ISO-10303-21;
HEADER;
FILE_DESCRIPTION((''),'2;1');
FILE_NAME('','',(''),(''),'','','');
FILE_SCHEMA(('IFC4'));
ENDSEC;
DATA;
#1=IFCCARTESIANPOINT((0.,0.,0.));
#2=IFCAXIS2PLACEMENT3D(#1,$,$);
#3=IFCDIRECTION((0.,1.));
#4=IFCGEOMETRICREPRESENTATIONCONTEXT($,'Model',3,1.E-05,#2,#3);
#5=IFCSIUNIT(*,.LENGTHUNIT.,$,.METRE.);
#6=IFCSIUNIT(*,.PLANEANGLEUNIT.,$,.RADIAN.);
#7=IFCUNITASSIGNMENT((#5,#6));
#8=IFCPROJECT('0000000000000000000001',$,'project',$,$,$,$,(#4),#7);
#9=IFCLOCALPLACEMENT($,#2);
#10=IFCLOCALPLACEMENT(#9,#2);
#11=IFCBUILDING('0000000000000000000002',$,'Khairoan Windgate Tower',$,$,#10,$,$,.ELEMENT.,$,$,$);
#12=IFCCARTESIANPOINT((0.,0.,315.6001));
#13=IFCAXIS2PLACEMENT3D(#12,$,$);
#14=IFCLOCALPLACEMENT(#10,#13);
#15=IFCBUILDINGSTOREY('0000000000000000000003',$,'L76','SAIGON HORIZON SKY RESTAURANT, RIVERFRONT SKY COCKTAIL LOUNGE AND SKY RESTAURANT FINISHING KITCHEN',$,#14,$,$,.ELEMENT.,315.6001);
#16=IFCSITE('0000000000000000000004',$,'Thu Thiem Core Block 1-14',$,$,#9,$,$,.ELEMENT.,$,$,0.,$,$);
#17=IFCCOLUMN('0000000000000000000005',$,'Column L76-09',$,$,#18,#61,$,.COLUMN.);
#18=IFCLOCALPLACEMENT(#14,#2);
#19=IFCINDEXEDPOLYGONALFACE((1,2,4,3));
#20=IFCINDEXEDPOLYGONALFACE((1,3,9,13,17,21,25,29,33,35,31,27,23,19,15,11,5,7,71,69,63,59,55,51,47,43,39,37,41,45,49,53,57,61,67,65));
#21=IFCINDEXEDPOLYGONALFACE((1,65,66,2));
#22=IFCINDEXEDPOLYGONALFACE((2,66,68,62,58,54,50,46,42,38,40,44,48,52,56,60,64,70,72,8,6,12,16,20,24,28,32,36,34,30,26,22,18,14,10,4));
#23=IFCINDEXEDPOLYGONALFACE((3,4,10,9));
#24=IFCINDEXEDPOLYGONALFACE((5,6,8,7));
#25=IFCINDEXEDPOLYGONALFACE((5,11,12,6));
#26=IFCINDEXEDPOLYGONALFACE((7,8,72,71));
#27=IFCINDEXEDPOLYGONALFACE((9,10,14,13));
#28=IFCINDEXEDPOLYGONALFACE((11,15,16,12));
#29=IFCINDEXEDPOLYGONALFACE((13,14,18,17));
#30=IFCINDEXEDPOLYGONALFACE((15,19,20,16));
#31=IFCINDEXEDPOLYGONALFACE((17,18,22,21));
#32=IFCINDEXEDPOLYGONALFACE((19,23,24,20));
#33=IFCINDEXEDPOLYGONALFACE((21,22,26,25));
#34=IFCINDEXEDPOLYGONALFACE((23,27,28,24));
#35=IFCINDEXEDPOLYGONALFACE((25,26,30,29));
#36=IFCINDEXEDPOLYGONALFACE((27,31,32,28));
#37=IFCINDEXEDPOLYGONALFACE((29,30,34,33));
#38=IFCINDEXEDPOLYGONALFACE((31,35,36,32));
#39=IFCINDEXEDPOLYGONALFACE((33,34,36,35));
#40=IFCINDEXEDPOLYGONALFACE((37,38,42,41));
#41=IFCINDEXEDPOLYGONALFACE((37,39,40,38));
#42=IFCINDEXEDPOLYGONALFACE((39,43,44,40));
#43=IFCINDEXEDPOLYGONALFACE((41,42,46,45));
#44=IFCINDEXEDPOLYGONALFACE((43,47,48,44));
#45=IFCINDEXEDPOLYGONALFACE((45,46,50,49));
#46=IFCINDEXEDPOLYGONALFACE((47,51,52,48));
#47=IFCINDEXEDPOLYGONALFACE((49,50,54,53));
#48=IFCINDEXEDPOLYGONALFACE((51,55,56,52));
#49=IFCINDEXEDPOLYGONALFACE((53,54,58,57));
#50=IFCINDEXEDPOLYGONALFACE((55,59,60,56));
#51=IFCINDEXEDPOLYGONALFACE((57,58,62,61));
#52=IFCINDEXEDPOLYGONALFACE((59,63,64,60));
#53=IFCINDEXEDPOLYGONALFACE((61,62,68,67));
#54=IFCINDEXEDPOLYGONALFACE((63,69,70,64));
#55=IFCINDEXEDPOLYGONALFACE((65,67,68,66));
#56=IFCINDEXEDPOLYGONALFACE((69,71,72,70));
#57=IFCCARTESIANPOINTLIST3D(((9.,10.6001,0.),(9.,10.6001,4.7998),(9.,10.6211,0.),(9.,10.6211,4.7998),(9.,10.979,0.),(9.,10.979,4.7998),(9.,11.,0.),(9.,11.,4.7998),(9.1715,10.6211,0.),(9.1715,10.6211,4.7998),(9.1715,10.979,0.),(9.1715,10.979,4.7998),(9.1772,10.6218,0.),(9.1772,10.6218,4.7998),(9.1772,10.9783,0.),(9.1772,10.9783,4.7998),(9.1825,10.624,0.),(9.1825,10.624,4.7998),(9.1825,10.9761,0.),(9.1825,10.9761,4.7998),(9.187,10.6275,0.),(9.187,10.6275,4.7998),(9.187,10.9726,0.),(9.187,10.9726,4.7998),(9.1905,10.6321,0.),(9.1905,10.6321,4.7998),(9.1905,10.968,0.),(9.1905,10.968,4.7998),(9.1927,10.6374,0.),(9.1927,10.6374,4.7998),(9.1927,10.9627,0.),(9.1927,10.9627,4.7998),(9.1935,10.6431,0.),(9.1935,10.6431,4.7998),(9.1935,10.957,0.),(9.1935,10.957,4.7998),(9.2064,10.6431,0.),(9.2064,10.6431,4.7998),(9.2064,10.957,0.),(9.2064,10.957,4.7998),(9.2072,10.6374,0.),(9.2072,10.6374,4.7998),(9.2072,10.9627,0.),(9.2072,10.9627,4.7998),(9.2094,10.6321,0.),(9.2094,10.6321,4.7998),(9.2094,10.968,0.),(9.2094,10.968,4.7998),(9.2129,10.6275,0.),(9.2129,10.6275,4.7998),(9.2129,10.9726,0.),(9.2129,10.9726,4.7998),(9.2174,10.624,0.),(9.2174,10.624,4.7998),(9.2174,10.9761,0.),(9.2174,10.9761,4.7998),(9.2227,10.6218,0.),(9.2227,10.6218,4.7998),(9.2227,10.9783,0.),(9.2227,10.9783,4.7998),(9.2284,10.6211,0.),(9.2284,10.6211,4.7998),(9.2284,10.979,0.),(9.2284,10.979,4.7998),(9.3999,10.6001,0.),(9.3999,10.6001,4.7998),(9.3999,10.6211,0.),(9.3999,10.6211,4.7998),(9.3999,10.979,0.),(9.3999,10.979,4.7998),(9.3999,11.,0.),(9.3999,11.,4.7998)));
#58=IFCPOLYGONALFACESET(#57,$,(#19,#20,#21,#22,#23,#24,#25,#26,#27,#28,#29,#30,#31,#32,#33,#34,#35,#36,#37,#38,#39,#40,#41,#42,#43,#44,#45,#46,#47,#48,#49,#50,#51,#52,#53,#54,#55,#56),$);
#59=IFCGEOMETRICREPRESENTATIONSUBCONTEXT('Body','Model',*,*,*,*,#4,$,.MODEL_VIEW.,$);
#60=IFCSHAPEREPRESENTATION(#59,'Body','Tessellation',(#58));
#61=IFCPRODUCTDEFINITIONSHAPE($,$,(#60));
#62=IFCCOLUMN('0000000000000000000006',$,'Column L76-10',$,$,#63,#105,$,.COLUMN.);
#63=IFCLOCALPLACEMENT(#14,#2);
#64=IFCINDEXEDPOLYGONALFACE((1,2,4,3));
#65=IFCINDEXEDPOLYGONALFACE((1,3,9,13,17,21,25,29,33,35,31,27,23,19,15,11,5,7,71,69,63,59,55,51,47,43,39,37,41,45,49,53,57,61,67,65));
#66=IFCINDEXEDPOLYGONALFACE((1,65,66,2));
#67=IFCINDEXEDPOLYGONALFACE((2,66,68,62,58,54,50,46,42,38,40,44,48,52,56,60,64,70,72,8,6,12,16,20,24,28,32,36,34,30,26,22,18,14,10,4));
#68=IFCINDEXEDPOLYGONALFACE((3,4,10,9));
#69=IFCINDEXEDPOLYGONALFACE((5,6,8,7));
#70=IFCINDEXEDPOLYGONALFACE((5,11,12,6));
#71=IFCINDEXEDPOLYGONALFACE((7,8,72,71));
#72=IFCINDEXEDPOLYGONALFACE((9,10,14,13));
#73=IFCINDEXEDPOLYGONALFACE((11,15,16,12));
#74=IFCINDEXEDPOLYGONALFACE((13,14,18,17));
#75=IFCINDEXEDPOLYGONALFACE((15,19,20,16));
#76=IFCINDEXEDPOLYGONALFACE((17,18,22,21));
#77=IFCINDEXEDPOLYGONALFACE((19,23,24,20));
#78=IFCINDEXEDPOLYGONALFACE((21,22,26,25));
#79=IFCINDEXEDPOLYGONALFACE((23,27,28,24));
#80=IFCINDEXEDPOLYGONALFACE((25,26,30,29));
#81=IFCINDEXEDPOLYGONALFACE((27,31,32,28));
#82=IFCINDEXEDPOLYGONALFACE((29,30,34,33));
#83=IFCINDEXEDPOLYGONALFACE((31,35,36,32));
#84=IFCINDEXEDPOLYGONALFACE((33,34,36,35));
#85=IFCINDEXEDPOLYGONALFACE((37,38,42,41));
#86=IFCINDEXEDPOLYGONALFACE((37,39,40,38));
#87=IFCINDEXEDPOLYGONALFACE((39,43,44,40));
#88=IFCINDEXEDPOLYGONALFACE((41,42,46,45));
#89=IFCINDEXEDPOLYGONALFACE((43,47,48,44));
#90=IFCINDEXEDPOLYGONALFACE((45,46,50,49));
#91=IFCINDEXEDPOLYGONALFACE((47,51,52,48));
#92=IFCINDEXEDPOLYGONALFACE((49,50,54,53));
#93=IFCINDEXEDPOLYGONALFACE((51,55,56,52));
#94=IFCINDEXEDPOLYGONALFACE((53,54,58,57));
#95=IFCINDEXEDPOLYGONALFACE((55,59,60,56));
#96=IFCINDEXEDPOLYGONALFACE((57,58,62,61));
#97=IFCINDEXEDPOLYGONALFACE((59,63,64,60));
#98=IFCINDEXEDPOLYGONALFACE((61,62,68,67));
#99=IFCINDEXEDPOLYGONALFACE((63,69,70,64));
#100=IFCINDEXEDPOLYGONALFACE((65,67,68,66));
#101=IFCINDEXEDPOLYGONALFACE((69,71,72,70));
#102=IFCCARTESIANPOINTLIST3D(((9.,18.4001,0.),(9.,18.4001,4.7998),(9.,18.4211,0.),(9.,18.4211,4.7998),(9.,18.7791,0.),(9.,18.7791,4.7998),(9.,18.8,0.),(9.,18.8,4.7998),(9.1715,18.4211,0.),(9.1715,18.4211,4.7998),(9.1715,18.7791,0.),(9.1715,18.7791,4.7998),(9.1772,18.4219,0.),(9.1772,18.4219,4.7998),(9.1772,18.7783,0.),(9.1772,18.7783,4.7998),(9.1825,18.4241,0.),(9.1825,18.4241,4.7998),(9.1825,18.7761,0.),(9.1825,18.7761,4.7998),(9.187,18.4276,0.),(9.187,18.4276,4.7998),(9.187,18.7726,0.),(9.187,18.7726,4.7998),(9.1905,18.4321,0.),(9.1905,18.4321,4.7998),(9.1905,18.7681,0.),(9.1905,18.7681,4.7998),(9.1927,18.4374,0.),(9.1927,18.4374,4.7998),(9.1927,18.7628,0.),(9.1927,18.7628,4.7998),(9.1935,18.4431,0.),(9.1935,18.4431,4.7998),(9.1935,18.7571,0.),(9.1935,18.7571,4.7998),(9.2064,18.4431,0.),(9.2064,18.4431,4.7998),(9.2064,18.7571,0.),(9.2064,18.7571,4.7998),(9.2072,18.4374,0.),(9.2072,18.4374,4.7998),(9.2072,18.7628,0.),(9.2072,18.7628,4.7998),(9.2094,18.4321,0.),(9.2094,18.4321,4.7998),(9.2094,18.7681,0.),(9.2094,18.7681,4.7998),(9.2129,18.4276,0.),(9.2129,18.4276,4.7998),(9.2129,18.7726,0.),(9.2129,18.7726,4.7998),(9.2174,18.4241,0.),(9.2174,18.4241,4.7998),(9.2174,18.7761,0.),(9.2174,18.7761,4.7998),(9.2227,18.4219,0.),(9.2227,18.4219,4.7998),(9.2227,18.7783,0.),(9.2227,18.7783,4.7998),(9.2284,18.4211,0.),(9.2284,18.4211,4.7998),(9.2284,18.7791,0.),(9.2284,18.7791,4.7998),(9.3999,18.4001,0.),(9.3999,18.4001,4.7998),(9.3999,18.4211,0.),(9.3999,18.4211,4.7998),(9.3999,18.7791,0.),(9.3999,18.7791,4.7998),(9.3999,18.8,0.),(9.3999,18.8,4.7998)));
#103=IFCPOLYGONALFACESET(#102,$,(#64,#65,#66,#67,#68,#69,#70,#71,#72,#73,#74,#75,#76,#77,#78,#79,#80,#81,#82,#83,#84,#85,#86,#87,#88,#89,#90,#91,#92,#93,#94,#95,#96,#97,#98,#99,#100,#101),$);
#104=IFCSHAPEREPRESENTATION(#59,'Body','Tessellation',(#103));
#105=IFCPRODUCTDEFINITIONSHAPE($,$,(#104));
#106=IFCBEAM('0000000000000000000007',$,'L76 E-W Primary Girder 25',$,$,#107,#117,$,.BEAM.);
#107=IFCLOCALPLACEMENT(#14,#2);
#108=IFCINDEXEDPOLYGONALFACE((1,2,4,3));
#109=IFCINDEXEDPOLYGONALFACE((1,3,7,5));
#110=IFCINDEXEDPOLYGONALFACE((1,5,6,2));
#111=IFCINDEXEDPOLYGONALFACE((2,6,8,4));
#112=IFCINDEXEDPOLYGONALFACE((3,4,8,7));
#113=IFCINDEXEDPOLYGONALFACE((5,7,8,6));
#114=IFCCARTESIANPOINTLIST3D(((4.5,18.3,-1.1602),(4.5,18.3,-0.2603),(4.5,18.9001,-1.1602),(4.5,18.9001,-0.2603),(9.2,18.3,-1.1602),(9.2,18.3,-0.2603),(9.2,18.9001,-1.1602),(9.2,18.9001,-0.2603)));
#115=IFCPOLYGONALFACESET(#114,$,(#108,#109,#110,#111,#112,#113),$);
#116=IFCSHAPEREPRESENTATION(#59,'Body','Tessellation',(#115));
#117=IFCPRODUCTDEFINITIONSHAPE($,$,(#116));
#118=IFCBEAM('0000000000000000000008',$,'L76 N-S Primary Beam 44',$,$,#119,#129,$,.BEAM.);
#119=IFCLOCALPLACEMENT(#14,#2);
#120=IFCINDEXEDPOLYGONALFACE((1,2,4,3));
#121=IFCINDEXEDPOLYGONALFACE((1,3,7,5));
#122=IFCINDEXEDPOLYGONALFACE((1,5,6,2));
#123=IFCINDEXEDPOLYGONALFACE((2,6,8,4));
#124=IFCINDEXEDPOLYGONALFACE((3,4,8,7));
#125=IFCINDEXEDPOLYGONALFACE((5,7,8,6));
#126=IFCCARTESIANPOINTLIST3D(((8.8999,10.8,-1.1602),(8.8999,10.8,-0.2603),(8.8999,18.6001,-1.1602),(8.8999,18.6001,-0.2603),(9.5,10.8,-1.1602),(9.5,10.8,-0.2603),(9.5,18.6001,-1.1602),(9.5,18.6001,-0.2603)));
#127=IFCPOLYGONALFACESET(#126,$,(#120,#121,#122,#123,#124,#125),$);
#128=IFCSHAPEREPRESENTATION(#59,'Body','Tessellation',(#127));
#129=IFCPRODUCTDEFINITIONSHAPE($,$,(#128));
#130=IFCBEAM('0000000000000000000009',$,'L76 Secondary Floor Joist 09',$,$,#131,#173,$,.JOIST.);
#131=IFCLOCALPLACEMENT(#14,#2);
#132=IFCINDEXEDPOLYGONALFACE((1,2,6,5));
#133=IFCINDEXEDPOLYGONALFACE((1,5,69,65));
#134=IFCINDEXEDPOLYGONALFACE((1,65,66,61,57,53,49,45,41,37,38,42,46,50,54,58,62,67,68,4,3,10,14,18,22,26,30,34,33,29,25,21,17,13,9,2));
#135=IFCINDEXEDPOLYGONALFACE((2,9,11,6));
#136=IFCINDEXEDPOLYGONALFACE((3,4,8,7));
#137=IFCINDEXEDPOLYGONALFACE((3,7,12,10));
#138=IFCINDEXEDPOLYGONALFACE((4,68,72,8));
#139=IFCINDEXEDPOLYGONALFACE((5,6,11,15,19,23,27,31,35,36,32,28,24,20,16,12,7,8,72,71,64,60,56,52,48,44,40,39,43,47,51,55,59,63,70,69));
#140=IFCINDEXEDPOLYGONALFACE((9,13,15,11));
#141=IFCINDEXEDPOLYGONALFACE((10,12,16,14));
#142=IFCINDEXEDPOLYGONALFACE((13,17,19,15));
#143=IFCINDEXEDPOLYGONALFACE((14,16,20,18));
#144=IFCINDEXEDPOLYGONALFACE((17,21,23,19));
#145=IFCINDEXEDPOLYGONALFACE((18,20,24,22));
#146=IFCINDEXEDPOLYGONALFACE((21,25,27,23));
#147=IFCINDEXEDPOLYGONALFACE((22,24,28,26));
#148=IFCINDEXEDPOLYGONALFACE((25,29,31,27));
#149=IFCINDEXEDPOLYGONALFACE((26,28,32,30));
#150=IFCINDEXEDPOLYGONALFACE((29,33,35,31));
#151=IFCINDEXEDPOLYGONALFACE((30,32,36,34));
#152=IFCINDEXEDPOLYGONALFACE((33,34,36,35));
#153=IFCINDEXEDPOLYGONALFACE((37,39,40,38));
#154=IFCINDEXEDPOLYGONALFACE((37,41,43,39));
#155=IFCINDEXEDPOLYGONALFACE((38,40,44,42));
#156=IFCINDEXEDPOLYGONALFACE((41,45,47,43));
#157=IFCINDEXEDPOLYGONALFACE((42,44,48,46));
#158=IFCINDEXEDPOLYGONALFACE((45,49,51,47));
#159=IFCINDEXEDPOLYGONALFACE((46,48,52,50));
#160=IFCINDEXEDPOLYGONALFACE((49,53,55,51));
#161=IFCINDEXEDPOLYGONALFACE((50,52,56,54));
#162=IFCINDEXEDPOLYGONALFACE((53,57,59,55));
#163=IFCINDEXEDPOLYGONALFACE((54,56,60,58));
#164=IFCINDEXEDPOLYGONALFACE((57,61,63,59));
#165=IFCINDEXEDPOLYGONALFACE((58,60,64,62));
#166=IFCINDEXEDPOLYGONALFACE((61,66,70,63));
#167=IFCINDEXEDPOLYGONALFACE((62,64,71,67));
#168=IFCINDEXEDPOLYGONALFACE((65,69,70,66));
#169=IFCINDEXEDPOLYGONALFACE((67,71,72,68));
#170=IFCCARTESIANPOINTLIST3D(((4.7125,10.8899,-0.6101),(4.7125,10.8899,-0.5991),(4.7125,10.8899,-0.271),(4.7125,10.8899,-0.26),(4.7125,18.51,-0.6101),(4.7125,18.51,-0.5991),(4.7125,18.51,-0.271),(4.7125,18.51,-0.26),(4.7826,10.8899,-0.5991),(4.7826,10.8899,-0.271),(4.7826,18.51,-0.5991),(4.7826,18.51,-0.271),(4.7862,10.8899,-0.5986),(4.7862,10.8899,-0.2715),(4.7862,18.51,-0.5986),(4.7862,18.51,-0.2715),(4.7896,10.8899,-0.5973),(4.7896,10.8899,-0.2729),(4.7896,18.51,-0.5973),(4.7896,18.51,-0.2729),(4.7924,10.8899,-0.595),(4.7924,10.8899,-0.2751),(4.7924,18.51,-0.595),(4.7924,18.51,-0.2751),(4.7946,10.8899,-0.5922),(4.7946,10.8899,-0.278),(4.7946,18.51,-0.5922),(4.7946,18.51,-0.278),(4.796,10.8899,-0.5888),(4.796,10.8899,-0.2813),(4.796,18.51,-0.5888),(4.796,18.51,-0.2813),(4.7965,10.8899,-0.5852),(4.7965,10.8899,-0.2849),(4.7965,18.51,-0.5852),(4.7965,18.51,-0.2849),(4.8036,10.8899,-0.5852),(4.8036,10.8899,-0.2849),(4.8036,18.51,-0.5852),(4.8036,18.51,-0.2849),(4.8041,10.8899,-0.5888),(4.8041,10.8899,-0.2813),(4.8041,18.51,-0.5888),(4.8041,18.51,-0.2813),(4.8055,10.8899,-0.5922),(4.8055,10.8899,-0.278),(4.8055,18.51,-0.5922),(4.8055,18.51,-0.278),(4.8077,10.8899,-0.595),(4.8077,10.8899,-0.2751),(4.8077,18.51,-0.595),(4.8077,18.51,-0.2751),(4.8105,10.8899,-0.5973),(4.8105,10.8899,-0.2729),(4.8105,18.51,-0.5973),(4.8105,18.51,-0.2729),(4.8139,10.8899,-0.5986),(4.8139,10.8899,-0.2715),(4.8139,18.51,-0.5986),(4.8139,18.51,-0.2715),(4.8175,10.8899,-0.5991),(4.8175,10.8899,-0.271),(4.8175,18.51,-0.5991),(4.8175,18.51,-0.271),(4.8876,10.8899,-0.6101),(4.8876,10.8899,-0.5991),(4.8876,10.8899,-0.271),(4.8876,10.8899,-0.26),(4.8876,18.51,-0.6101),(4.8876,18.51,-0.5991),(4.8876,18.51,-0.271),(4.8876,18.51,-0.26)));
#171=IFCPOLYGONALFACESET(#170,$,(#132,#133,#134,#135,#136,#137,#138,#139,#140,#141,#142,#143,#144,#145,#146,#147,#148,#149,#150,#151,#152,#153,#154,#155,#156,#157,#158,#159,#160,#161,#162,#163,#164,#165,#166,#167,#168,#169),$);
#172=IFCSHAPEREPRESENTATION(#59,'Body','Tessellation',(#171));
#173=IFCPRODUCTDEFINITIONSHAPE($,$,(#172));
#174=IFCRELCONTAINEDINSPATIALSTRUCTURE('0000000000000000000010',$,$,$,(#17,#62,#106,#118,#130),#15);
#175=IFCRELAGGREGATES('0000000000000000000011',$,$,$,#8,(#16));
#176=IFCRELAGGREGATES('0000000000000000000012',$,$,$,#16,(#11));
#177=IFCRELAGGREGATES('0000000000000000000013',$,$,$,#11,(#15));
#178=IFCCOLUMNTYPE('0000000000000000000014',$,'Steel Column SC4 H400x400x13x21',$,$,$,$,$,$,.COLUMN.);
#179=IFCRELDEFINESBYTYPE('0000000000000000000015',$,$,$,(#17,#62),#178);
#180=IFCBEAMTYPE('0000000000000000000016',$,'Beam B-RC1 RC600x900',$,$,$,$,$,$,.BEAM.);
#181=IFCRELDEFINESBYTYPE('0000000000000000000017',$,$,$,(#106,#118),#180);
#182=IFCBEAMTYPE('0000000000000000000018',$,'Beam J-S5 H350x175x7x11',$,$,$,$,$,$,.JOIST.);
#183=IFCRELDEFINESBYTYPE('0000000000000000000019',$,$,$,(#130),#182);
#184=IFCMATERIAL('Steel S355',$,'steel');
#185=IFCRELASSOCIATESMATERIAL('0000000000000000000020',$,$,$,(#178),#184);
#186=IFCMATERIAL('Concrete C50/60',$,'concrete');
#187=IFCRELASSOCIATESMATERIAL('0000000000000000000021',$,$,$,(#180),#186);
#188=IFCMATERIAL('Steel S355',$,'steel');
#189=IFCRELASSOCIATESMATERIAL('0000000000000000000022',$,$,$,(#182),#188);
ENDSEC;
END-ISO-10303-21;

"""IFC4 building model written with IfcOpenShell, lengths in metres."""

from ifc_helpers import new_model, si_unit, direction, frame, origin, origin_2d, place, context, subcontext, project, spatial, rectangle, i_section, extrude, material, material_profile, profile_set, type_object, element, save


model = new_model("IFC4")

# Units and contexts
model_context = context("Model", 3, precision=1e-05, world=origin(), true_north=direction((0.0, 1.0)))
body_context = subcontext(model_context, "Body", "Model", "MODEL_VIEW")
ifc_project = project(units=[si_unit("LENGTHUNIT", "METRE"), si_unit("PLANEANGLEUNIT", "RADIAN")], contexts=[model_context])

# Site, building, storey
site_placement = place(None, origin())
site = spatial("IfcSite", under=ifc_project, at=site_placement, Name="Thu Thiem Core Block 1-14", CompositionType="ELEMENT", RefElevation=0.0)
building_placement = place(site_placement, origin())
building = spatial("IfcBuilding", under=site, at=building_placement, Name="Khairoan Windgate Tower", CompositionType="ELEMENT")
storey_placement = place(building_placement, frame((0.0, 0.0, 315.6001)))
storey = spatial("IfcBuildingStorey", under=building, at=storey_placement, Name="L76", Description="SAIGON HORIZON SKY RESTAURANT, RIVERFRONT SKY COCKTAIL LOUNGE AND SKY RESTAURANT FINISHING KITCHEN", CompositionType="ELEMENT", Elevation=315.6001)

# Columns
ifc_material_1 = material(Name="Steel S355", Category="steel")
ifc_material_profile_1 = material_profile(ifc_material_1, i_section(OverallWidth=0.3999, OverallDepth=0.3999, WebThickness=0.0129, FlangeThickness=0.021, FilletRadius=0.022, at=origin_2d()))
ifc_profile_set_1 = profile_set([ifc_material_profile_1], Name="Steel S355")
column_type = type_object("IfcColumnType", Name="Steel Column SC4 H400x400x13x21", PredefinedType="COLUMN", material=ifc_profile_set_1)
for number, where, z_axis, x_axis, name in (
    (1, (9.2, 10.8, 0.0), (0.0, 0.0, 1.0), (1.0, 0.0, 0.0), "Column L76-09"),
    (2, (9.2, 18.6001, 0.0), (0.0, 0.0, 1.0), (1.0, 0.0, 0.0), "Column L76-10"),
):
    element("IfcColumn", number, at=place(storey_placement, frame(where, z_axis=z_axis, x_axis=x_axis)), inside=storey, type_object=column_type, Name=name, PredefinedType="COLUMN", context=body_context, shape_type="SweptSolid", body=[
        extrude(i_section(OverallWidth=0.3999, OverallDepth=0.3999, WebThickness=0.0129, FlangeThickness=0.021, FilletRadius=0.022, at=origin_2d()), origin(), (0.0, 0.0, 1.0), 4.7998),
    ])

# Beams
ifc_material_2 = material(Name="Concrete C50/60", Category="concrete")
ifc_material_profile_2 = material_profile(ifc_material_2, rectangle(XDim=0.6001, YDim=0.8999, at=origin_2d()))
ifc_profile_set_2 = profile_set([ifc_material_profile_2], Name="Concrete C50/60")
beam_type_1 = type_object("IfcBeamType", Name="Beam B-RC1 RC600x900", PredefinedType="BEAM", material=ifc_profile_set_2)
beam_1_placement = place(storey_placement, frame((4.5, 18.6001, -0.7102), z_axis=(1.0, 0.0, 0.0), x_axis=(0.0, 1.0, 0.0)))
element("IfcBeam", 3, at=beam_1_placement, inside=storey, type_object=beam_type_1, Name="L76 E-W Primary Girder 25", PredefinedType="BEAM", context=body_context, shape_type="SweptSolid", body=[
    extrude(rectangle(XDim=0.6001, YDim=0.8999, at=origin_2d()), origin(), (0.0, 0.0, 1.0), 4.7),
])
beam_2_placement = place(storey_placement, frame((9.2, 10.8, -0.7102), z_axis=(0.0, 1.0, 0.0), x_axis=(-1.0, 0.0, 0.0)))
element("IfcBeam", 4, at=beam_2_placement, inside=storey, type_object=beam_type_1, Name="L76 N-S Primary Beam 44", PredefinedType="BEAM", context=body_context, shape_type="SweptSolid", body=[
    extrude(rectangle(XDim=0.6001, YDim=0.8999, at=origin_2d()), origin(), (0.0, 0.0, 1.0), 7.8),
])
ifc_material_3 = material(Name="Steel S355", Category="steel")
ifc_material_profile_3 = material_profile(ifc_material_3, i_section(OverallWidth=0.175, OverallDepth=0.3501, WebThickness=0.0071, FlangeThickness=0.011, FilletRadius=0.0139, at=origin_2d()))
ifc_profile_set_3 = profile_set([ifc_material_profile_3], Name="Steel S355")
beam_type_2 = type_object("IfcBeamType", Name="Beam J-S5 H350x175x7x11", PredefinedType="JOIST", material=ifc_profile_set_3)
beam_3_placement = place(storey_placement, frame((4.8, 10.8899, -0.4351), z_axis=(0.0, 1.0, 0.0), x_axis=(-1.0, 0.0, 0.0)))
element("IfcBeam", 5, at=beam_3_placement, inside=storey, type_object=beam_type_2, Name="L76 Secondary Floor Joist 09", PredefinedType="JOIST", context=body_context, shape_type="SweptSolid", body=[
    extrude(i_section(OverallWidth=0.175, OverallDepth=0.3501, WebThickness=0.0071, FlangeThickness=0.011, FilletRadius=0.0139, at=origin_2d()), origin(), (0.0, 0.0, 1.0), 7.6201),
])

save(model, "model.ifc")
